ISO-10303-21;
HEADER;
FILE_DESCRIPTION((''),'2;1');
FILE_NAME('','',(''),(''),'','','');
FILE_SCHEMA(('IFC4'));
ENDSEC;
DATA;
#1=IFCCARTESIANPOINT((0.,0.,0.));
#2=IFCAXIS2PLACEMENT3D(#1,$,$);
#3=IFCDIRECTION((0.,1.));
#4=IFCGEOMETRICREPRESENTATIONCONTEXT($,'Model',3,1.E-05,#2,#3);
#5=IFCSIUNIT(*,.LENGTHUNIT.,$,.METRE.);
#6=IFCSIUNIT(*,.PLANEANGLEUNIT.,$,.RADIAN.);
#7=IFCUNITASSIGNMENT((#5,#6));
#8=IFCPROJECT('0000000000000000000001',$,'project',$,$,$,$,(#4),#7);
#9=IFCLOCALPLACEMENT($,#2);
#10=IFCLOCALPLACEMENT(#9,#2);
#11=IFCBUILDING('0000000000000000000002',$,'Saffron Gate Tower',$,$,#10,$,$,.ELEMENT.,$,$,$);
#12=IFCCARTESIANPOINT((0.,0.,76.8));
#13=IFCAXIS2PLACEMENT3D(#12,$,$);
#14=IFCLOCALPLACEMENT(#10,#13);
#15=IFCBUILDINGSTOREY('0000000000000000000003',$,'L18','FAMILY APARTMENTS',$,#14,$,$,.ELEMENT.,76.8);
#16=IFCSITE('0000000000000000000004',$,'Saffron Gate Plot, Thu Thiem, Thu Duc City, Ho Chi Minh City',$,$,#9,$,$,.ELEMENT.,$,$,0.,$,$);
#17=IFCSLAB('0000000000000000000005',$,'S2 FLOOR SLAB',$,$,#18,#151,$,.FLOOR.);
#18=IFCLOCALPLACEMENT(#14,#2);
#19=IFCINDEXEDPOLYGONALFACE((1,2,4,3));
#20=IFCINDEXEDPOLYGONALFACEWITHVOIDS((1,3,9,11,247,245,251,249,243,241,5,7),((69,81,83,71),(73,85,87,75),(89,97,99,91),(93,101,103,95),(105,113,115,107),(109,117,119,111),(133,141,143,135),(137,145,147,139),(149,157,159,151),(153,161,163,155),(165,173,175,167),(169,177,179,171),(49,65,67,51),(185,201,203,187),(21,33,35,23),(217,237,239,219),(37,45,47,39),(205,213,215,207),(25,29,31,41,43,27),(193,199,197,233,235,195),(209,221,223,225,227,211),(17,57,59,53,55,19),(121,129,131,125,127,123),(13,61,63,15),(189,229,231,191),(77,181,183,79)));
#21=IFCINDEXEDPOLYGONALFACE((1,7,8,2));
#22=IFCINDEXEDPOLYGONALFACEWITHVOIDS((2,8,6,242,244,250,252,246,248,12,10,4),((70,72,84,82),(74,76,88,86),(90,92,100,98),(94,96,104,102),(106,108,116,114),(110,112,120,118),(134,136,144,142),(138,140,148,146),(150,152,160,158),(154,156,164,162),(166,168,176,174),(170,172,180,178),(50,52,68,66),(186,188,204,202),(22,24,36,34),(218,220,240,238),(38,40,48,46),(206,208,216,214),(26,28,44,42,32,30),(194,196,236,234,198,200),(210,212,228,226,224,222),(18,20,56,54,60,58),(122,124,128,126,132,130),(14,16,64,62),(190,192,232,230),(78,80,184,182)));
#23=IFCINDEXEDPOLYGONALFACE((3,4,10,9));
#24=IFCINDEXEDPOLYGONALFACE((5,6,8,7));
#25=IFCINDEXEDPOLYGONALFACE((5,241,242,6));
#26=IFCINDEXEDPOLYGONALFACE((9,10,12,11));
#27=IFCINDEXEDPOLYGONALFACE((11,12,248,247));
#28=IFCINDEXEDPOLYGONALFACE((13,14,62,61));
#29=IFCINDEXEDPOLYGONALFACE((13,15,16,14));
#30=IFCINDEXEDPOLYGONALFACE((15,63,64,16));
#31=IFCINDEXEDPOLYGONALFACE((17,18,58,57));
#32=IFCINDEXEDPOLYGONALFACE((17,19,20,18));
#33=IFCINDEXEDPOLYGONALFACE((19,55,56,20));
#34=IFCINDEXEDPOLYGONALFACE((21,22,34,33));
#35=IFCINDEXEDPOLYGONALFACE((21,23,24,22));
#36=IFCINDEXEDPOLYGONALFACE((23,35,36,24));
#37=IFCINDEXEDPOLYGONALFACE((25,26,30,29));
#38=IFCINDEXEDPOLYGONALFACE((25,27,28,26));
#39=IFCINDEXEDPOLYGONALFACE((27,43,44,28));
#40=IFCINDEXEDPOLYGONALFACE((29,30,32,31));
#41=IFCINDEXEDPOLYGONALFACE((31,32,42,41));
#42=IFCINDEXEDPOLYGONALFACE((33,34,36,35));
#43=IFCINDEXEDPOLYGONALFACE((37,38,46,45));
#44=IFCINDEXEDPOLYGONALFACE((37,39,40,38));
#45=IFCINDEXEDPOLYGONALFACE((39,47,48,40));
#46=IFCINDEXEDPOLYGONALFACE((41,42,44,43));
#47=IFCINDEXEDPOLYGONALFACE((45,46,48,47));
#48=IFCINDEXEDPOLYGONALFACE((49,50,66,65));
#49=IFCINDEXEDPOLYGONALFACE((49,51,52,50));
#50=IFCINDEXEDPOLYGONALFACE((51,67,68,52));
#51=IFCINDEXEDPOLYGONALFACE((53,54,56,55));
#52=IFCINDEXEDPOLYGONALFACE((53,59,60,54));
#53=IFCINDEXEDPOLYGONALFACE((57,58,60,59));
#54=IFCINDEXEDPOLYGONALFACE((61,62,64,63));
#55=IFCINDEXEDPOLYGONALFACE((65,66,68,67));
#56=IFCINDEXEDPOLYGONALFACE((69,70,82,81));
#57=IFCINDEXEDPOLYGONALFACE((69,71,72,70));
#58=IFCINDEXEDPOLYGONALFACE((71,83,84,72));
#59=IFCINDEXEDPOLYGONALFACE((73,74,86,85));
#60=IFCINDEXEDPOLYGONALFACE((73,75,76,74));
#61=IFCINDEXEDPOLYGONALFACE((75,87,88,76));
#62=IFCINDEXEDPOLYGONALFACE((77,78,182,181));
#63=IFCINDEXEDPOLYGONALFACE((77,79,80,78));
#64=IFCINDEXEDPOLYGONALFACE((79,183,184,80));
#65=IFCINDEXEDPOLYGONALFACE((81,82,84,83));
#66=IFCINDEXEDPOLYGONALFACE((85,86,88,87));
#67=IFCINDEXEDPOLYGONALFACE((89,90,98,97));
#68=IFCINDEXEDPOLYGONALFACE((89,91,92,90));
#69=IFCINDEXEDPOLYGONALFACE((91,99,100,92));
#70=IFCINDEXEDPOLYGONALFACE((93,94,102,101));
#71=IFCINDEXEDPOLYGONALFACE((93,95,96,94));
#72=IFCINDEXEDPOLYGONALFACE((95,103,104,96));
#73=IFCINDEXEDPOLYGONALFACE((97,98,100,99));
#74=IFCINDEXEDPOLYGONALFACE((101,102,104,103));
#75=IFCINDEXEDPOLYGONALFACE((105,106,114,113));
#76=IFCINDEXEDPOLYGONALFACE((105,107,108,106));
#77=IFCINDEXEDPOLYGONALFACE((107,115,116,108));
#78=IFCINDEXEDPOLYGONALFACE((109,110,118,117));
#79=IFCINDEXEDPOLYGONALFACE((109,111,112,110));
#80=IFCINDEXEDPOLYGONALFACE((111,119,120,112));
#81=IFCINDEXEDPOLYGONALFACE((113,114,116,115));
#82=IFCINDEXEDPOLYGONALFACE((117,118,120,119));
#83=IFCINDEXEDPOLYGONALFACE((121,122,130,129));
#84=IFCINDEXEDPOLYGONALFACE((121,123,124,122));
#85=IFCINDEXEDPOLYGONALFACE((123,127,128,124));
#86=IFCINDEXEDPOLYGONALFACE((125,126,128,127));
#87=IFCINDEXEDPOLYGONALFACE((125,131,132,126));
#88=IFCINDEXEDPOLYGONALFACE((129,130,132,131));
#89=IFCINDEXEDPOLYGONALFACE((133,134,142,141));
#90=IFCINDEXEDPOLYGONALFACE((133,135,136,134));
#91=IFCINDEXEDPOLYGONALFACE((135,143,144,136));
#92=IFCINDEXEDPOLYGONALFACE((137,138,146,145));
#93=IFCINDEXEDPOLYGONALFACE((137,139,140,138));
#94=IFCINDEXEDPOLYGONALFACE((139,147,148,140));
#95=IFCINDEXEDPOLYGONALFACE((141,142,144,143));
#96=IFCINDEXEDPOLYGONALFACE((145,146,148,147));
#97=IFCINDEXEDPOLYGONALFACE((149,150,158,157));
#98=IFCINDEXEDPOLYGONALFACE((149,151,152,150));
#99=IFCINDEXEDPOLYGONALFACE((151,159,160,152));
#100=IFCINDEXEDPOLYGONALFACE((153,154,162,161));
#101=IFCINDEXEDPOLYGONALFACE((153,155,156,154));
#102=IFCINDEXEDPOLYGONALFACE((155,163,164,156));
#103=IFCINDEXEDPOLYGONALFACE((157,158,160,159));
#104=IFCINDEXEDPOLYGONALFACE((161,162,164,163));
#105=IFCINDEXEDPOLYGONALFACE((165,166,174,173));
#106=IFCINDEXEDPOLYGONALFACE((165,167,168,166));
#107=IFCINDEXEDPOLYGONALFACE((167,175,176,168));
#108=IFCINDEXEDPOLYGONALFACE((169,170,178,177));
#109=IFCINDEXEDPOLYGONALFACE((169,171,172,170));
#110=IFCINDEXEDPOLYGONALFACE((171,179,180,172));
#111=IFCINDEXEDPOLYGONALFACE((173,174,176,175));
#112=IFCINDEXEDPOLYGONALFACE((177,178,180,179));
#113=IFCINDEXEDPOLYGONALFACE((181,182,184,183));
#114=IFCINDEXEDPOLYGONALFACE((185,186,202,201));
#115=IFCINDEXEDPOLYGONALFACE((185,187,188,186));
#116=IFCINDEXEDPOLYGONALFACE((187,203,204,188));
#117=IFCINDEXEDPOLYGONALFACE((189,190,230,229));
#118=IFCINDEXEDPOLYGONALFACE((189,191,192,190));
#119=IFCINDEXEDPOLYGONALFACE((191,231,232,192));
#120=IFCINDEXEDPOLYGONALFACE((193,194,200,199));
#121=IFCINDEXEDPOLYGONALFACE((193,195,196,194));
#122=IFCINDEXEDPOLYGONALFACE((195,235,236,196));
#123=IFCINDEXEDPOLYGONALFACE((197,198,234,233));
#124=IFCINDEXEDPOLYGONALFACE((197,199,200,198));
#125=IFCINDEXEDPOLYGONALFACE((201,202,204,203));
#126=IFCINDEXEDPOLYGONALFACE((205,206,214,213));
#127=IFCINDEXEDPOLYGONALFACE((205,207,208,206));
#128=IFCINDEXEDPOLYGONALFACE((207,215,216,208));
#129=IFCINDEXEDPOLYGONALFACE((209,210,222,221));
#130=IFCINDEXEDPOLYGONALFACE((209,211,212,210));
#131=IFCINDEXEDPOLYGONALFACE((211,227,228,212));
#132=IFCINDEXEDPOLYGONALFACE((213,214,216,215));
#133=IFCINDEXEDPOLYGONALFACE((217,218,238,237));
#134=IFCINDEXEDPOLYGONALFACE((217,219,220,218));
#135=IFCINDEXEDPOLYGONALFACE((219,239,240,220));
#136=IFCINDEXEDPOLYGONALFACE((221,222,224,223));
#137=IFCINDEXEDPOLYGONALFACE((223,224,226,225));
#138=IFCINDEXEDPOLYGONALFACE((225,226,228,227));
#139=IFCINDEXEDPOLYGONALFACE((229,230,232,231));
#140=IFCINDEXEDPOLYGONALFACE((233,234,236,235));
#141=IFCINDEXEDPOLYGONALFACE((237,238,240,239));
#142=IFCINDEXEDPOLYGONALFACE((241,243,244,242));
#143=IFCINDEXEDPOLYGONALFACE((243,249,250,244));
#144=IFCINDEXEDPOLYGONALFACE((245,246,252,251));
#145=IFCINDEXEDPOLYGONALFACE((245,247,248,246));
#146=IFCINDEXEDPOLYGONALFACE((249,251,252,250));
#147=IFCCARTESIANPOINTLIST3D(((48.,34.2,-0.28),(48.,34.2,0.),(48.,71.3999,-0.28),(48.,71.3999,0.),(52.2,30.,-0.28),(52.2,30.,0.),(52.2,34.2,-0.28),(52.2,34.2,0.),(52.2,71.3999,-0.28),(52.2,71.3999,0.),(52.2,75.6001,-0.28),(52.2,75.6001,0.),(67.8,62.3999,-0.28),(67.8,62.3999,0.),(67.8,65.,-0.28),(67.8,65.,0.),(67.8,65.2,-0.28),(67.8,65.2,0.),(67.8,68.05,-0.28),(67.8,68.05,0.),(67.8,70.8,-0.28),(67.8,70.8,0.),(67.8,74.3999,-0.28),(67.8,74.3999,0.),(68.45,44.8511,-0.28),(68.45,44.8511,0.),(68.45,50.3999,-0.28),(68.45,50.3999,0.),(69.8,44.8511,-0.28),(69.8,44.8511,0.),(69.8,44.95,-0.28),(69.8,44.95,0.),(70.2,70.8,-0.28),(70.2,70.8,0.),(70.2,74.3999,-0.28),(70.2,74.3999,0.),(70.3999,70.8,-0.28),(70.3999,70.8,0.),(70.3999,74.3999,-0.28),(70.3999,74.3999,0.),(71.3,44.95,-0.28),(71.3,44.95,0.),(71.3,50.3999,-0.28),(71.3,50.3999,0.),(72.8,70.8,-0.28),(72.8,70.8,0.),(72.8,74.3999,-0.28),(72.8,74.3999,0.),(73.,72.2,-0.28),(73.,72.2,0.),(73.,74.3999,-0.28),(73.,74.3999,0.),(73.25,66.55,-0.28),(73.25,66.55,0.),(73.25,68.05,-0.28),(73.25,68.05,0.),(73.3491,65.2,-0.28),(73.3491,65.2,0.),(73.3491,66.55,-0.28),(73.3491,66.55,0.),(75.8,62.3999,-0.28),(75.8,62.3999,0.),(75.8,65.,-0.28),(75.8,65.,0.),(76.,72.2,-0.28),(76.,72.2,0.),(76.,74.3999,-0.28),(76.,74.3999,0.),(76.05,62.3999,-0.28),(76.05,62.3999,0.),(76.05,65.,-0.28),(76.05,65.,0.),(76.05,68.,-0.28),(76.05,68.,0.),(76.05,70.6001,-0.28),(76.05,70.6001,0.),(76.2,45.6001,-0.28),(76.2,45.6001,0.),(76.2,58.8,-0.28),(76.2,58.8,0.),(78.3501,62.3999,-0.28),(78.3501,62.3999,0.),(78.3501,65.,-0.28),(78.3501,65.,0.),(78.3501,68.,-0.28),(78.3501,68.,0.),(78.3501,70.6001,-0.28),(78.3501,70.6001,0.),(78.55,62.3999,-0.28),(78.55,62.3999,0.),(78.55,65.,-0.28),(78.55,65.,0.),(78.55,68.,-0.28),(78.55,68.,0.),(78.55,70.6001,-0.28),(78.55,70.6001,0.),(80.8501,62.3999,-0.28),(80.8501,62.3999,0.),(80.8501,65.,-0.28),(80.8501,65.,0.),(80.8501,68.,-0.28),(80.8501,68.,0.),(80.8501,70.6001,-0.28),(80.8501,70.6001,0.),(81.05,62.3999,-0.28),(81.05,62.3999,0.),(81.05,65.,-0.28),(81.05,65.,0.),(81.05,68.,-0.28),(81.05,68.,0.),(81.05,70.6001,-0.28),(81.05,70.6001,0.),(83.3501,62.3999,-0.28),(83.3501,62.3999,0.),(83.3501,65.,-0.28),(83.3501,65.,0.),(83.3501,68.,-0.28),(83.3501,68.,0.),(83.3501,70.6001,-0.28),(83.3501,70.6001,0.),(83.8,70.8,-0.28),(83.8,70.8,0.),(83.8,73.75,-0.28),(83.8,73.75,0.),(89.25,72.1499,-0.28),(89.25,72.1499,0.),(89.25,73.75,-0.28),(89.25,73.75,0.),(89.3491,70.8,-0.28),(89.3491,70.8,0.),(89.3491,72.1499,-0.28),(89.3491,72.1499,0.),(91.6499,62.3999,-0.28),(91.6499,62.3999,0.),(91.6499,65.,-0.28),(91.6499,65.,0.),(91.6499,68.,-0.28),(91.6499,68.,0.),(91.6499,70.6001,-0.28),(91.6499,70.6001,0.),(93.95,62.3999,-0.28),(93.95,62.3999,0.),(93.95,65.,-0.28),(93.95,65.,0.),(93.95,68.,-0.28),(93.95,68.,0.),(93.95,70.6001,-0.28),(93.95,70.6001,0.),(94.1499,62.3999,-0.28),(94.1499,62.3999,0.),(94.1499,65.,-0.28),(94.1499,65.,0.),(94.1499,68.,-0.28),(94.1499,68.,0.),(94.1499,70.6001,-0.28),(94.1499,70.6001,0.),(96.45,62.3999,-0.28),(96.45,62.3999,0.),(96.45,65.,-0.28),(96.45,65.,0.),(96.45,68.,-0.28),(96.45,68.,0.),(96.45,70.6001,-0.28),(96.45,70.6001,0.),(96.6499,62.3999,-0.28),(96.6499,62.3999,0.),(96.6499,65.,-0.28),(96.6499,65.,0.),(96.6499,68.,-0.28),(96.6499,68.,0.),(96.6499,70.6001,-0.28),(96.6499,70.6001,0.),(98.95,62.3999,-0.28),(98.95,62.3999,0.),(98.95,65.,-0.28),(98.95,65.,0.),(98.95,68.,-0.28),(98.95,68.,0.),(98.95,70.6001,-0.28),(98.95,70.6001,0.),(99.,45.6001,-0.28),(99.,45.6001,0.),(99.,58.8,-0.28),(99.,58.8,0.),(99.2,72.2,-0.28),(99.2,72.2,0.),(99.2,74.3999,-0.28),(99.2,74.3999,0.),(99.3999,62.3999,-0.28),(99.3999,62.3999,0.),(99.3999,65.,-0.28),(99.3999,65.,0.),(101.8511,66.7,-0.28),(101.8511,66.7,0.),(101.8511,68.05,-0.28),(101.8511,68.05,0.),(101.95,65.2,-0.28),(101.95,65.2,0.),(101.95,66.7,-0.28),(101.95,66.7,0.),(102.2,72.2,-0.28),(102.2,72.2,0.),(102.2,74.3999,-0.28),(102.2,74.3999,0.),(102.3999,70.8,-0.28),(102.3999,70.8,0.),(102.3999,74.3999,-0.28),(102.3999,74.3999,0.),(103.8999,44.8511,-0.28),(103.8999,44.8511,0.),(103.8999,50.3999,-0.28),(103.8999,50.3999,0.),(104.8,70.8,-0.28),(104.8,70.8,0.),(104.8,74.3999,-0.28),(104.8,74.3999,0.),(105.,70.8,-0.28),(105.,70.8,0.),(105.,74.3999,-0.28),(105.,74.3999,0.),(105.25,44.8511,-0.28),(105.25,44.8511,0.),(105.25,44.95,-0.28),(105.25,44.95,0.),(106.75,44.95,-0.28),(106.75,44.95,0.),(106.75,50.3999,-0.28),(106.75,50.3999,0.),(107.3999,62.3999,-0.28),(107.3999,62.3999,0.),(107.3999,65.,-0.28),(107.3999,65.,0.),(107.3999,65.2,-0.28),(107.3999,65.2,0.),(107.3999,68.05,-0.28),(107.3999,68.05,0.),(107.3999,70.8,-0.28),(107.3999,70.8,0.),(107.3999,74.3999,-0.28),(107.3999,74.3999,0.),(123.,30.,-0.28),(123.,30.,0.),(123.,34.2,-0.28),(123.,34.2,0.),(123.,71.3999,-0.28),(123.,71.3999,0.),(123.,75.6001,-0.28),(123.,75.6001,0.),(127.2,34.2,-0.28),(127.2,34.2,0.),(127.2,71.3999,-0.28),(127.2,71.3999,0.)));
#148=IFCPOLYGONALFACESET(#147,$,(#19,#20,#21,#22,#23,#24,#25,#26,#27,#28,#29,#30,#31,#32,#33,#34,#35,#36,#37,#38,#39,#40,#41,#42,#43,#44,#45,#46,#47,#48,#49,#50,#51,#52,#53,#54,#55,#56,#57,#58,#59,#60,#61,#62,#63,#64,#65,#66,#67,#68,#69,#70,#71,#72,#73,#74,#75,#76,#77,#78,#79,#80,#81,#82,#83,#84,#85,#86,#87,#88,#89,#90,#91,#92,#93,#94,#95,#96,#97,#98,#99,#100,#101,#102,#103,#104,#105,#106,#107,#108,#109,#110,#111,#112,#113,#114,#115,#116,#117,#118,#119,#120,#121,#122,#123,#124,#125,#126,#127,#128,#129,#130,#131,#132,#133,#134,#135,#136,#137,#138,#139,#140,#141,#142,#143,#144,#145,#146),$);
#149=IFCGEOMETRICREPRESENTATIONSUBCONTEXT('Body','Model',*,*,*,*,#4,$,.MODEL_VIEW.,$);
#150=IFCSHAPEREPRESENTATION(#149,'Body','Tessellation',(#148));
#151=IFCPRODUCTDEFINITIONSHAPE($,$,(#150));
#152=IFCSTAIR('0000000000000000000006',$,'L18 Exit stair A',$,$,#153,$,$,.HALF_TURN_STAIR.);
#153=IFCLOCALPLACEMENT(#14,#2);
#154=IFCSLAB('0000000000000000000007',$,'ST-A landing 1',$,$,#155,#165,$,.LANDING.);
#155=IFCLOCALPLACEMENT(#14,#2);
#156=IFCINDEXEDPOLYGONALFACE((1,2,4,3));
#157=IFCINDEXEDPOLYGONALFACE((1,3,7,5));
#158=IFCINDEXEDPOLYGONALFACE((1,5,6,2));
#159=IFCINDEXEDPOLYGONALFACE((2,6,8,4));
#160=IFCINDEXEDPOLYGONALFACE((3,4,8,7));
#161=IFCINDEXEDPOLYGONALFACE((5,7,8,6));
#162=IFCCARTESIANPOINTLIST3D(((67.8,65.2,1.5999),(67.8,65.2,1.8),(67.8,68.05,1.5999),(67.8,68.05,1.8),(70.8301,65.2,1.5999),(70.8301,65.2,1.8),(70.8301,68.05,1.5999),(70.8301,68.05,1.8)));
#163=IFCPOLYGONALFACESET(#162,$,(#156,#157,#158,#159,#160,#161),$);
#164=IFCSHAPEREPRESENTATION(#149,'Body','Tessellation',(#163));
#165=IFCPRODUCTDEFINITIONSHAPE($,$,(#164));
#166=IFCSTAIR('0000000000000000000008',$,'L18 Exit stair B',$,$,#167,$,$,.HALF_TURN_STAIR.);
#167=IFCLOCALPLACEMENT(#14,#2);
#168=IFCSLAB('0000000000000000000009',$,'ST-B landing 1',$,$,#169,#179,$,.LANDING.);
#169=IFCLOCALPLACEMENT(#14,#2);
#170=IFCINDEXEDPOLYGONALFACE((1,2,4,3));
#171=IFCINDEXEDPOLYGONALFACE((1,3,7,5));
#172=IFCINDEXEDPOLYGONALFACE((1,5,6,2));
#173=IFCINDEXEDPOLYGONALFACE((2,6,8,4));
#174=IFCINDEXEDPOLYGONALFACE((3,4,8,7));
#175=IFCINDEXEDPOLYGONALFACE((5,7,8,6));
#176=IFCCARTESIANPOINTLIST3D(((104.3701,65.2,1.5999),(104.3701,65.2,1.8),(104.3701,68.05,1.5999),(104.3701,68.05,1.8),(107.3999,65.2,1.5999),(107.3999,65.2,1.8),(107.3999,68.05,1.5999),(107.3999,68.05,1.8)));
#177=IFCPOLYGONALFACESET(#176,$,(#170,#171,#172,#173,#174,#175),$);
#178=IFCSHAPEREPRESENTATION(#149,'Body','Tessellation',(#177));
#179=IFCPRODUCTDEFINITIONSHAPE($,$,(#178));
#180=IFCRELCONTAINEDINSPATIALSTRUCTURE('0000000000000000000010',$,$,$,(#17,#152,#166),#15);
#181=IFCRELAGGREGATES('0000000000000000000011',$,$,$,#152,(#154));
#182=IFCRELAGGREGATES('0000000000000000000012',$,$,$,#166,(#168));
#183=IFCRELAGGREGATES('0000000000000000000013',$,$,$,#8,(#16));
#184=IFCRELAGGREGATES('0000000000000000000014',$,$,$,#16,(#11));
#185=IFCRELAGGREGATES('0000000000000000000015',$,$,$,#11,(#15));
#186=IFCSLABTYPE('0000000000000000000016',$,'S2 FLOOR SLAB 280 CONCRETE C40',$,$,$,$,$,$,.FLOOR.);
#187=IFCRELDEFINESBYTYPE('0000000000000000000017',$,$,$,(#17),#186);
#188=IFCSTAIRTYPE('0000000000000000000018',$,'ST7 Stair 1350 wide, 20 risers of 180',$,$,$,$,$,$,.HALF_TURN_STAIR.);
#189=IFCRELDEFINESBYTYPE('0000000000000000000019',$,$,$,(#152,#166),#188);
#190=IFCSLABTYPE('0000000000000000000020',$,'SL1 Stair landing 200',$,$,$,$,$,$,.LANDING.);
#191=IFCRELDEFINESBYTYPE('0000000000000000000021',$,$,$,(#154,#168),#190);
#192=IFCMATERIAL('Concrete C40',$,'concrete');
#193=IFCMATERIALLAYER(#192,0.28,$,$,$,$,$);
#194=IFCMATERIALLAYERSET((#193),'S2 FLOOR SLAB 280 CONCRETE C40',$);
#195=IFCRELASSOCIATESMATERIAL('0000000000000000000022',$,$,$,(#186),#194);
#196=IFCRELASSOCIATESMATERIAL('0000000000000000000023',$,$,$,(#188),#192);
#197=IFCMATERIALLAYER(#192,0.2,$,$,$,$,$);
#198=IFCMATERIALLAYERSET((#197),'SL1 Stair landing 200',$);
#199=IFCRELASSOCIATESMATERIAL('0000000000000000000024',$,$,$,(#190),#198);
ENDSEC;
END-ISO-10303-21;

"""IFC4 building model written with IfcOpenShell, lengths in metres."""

from ifc_helpers import new_model, si_unit, direction, frame, origin, place, context, subcontext, project, spatial, polyline, outline, extrude, material, layer, layer_set, type_object, element, aggregate, save


model = new_model("IFC4")

# Units and contexts
model_context = context("Model", 3, precision=1e-05, world=origin(), true_north=direction((0.0, 1.0)))
body_context = subcontext(model_context, "Body", "Model", "MODEL_VIEW")
ifc_project = project(units=[si_unit("LENGTHUNIT", "METRE"), si_unit("PLANEANGLEUNIT", "RADIAN")], contexts=[model_context])

# Site, building, storey
site_placement = place(None, origin())
site = spatial("IfcSite", under=ifc_project, at=site_placement, Name="Saffron Gate Plot, Thu Thiem, Thu Duc City, Ho Chi Minh City", CompositionType="ELEMENT", RefElevation=0.0)
building_placement = place(site_placement, origin())
building = spatial("IfcBuilding", under=site, at=building_placement, Name="Saffron Gate Tower", CompositionType="ELEMENT")
storey_placement = place(building_placement, frame((0.0, 0.0, 76.8)))
storey = spatial("IfcBuildingStorey", under=building, at=storey_placement, Name="L18", Description="FAMILY APARTMENTS", CompositionType="ELEMENT", Elevation=76.8)

# Slab
ifc_material_1 = material(Name="Concrete C40", Category="concrete")
ifc_layer_1 = layer(ifc_material_1, 0.28)
ifc_layer_set_1 = layer_set([ifc_layer_1], Name="S2 FLOOR SLAB 280 CONCRETE C40")
slab_type_1 = type_object("IfcSlabType", Name="S2 FLOOR SLAB 280 CONCRETE C40", PredefinedType="FLOOR", material=ifc_layer_set_1)
slab_1_placement = place(storey_placement, frame((0.0, 0.0, -0.28)))
element("IfcSlab", 1, at=slab_1_placement, inside=storey, type_object=slab_type_1, Name="S2 FLOOR SLAB", PredefinedType="FLOOR", context=body_context, shape_type="SweptSolid", body=[
    extrude(outline(polyline([(48.0, 34.2), (52.2, 34.2), (52.2, 30.0), (123.0, 30.0), (123.0, 34.2), (127.2, 34.2), (127.2, 71.3999), (123.0, 71.3999), (123.0, 75.6001), (52.2, 75.6001), (52.2, 71.3999), (48.0, 71.3999), (48.0, 34.2)]), holes=[polyline([(67.8, 62.3999), (67.8, 65.0), (75.8, 65.0), (75.8, 62.3999), (67.8, 62.3999)]), polyline([(67.8, 65.2), (67.8, 68.05), (73.25, 68.05), (73.25, 66.55), (73.3491, 66.55), (73.3491, 65.2), (67.8, 65.2)]), polyline([(67.8, 70.8), (67.8, 74.3999), (70.2, 74.3999), (70.2, 70.8), (67.8, 70.8)]), polyline([(68.45, 44.8511), (68.45, 50.3999), (71.3, 50.3999), (71.3, 44.95), (69.8, 44.95), (69.8, 44.8511), (68.45, 44.8511)]), polyline([(70.3999, 70.8), (70.3999, 74.3999), (72.8, 74.3999), (72.8, 70.8), (70.3999, 70.8)]), polyline([(73.0, 72.2), (73.0, 74.3999), (76.0, 74.3999), (76.0, 72.2), (73.0, 72.2)]), polyline([(76.05, 62.3999), (76.05, 65.0), (78.3501, 65.0), (78.3501, 62.3999), (76.05, 62.3999)]), polyline([(76.05, 68.0), (76.05, 70.6001), (78.3501, 70.6001), (78.3501, 68.0), (76.05, 68.0)]), polyline([(76.2, 45.6001), (76.2, 58.8), (99.0, 58.8), (99.0, 45.6001), (76.2, 45.6001)]), polyline([(78.55, 62.3999), (78.55, 65.0), (80.8501, 65.0), (80.8501, 62.3999), (78.55, 62.3999)]), polyline([(78.55, 68.0), (78.55, 70.6001), (80.8501, 70.6001), (80.8501, 68.0), (78.55, 68.0)]), polyline([(81.05, 62.3999), (81.05, 65.0), (83.3501, 65.0), (83.3501, 62.3999), (81.05, 62.3999)]), polyline([(81.05, 68.0), (81.05, 70.6001), (83.3501, 70.6001), (83.3501, 68.0), (81.05, 68.0)]), polyline([(83.8, 70.8), (83.8, 73.75), (89.25, 73.75), (89.25, 72.1499), (89.3491, 72.1499), (89.3491, 70.8), (83.8, 70.8)]), polyline([(91.6499, 62.3999), (91.6499, 65.0), (93.95, 65.0), (93.95, 62.3999), (91.6499, 62.3999)]), polyline([(91.6499, 68.0), (91.6499, 70.6001), (93.95, 70.6001), (93.95, 68.0), (91.6499, 68.0)]), polyline([(94.1499, 62.3999), (94.1499, 65.0), (96.45, 65.0), (96.45, 62.3999), (94.1499, 62.3999)]), polyline([(94.1499, 68.0), (94.1499, 70.6001), (96.45, 70.6001), (96.45, 68.0), (94.1499, 68.0)]), polyline([(96.6499, 62.3999), (96.6499, 65.0), (98.95, 65.0), (98.95, 62.3999), (96.6499, 62.3999)]), polyline([(96.6499, 68.0), (96.6499, 70.6001), (98.95, 70.6001), (98.95, 68.0), (96.6499, 68.0)]), polyline([(99.2, 72.2), (99.2, 74.3999), (102.2, 74.3999), (102.2, 72.2), (99.2, 72.2)]), polyline([(99.3999, 62.3999), (99.3999, 65.0), (107.3999, 65.0), (107.3999, 62.3999), (99.3999, 62.3999)]), polyline([(101.8511, 66.7), (101.8511, 68.05), (107.3999, 68.05), (107.3999, 65.2), (101.95, 65.2), (101.95, 66.7), (101.8511, 66.7)]), polyline([(102.3999, 70.8), (102.3999, 74.3999), (104.8, 74.3999), (104.8, 70.8), (102.3999, 70.8)]), polyline([(103.8999, 44.8511), (103.8999, 50.3999), (106.75, 50.3999), (106.75, 44.95), (105.25, 44.95), (105.25, 44.8511), (103.8999, 44.8511)]), polyline([(105.0, 70.8), (105.0, 74.3999), (107.3999, 74.3999), (107.3999, 70.8), (105.0, 70.8)])]), origin(), (0.0, 0.0, 1.0), 0.28),
])

# Stairs, slabs
stair_type = type_object("IfcStairType", Name="ST7 Stair 1350 wide, 20 risers of 180", PredefinedType="HALF_TURN_STAIR", material=ifc_material_1)
stair_1_placement = place(storey_placement, origin())
stair_1 = element("IfcStair", 2, at=stair_1_placement, inside=storey, type_object=stair_type, Name="L18 Exit stair A", PredefinedType="HALF_TURN_STAIR")
ifc_layer_2 = layer(ifc_material_1, 0.2)
ifc_layer_set_2 = layer_set([ifc_layer_2], Name="SL1 Stair landing 200")
slab_type_2 = type_object("IfcSlabType", Name="SL1 Stair landing 200", PredefinedType="LANDING", material=ifc_layer_set_2)
slab_2_placement = place(storey_placement, frame((0.0, 0.0, 1.5999)))
slab_2 = element("IfcSlab", 3, at=slab_2_placement, type_object=slab_type_2, Name="ST-A landing 1", PredefinedType="LANDING", context=body_context, shape_type="SweptSolid", body=[
    extrude(outline(polyline([(70.8301, 68.05), (67.8, 68.05), (67.8, 65.2), (70.8301, 65.2), (70.8301, 68.05)])), origin(), (0.0, 0.0, 1.0), 0.2002),
])
aggregate(stair_1, [slab_2])
stair_2_placement = place(storey_placement, origin())
stair_2 = element("IfcStair", 4, at=stair_2_placement, inside=storey, type_object=stair_type, Name="L18 Exit stair B", PredefinedType="HALF_TURN_STAIR")
slab_3_placement = place(storey_placement, frame((0.0, 0.0, 1.5999)))
slab_3 = element("IfcSlab", 5, at=slab_3_placement, type_object=slab_type_2, Name="ST-B landing 1", PredefinedType="LANDING", context=body_context, shape_type="SweptSolid", body=[
    extrude(outline(polyline([(104.3701, 65.2), (107.3999, 65.2), (107.3999, 68.05), (104.3701, 68.05), (104.3701, 65.2)])), origin(), (0.0, 0.0, 1.0), 0.2002),
])
aggregate(stair_2, [slab_3])

save(model, "model.ifc")
